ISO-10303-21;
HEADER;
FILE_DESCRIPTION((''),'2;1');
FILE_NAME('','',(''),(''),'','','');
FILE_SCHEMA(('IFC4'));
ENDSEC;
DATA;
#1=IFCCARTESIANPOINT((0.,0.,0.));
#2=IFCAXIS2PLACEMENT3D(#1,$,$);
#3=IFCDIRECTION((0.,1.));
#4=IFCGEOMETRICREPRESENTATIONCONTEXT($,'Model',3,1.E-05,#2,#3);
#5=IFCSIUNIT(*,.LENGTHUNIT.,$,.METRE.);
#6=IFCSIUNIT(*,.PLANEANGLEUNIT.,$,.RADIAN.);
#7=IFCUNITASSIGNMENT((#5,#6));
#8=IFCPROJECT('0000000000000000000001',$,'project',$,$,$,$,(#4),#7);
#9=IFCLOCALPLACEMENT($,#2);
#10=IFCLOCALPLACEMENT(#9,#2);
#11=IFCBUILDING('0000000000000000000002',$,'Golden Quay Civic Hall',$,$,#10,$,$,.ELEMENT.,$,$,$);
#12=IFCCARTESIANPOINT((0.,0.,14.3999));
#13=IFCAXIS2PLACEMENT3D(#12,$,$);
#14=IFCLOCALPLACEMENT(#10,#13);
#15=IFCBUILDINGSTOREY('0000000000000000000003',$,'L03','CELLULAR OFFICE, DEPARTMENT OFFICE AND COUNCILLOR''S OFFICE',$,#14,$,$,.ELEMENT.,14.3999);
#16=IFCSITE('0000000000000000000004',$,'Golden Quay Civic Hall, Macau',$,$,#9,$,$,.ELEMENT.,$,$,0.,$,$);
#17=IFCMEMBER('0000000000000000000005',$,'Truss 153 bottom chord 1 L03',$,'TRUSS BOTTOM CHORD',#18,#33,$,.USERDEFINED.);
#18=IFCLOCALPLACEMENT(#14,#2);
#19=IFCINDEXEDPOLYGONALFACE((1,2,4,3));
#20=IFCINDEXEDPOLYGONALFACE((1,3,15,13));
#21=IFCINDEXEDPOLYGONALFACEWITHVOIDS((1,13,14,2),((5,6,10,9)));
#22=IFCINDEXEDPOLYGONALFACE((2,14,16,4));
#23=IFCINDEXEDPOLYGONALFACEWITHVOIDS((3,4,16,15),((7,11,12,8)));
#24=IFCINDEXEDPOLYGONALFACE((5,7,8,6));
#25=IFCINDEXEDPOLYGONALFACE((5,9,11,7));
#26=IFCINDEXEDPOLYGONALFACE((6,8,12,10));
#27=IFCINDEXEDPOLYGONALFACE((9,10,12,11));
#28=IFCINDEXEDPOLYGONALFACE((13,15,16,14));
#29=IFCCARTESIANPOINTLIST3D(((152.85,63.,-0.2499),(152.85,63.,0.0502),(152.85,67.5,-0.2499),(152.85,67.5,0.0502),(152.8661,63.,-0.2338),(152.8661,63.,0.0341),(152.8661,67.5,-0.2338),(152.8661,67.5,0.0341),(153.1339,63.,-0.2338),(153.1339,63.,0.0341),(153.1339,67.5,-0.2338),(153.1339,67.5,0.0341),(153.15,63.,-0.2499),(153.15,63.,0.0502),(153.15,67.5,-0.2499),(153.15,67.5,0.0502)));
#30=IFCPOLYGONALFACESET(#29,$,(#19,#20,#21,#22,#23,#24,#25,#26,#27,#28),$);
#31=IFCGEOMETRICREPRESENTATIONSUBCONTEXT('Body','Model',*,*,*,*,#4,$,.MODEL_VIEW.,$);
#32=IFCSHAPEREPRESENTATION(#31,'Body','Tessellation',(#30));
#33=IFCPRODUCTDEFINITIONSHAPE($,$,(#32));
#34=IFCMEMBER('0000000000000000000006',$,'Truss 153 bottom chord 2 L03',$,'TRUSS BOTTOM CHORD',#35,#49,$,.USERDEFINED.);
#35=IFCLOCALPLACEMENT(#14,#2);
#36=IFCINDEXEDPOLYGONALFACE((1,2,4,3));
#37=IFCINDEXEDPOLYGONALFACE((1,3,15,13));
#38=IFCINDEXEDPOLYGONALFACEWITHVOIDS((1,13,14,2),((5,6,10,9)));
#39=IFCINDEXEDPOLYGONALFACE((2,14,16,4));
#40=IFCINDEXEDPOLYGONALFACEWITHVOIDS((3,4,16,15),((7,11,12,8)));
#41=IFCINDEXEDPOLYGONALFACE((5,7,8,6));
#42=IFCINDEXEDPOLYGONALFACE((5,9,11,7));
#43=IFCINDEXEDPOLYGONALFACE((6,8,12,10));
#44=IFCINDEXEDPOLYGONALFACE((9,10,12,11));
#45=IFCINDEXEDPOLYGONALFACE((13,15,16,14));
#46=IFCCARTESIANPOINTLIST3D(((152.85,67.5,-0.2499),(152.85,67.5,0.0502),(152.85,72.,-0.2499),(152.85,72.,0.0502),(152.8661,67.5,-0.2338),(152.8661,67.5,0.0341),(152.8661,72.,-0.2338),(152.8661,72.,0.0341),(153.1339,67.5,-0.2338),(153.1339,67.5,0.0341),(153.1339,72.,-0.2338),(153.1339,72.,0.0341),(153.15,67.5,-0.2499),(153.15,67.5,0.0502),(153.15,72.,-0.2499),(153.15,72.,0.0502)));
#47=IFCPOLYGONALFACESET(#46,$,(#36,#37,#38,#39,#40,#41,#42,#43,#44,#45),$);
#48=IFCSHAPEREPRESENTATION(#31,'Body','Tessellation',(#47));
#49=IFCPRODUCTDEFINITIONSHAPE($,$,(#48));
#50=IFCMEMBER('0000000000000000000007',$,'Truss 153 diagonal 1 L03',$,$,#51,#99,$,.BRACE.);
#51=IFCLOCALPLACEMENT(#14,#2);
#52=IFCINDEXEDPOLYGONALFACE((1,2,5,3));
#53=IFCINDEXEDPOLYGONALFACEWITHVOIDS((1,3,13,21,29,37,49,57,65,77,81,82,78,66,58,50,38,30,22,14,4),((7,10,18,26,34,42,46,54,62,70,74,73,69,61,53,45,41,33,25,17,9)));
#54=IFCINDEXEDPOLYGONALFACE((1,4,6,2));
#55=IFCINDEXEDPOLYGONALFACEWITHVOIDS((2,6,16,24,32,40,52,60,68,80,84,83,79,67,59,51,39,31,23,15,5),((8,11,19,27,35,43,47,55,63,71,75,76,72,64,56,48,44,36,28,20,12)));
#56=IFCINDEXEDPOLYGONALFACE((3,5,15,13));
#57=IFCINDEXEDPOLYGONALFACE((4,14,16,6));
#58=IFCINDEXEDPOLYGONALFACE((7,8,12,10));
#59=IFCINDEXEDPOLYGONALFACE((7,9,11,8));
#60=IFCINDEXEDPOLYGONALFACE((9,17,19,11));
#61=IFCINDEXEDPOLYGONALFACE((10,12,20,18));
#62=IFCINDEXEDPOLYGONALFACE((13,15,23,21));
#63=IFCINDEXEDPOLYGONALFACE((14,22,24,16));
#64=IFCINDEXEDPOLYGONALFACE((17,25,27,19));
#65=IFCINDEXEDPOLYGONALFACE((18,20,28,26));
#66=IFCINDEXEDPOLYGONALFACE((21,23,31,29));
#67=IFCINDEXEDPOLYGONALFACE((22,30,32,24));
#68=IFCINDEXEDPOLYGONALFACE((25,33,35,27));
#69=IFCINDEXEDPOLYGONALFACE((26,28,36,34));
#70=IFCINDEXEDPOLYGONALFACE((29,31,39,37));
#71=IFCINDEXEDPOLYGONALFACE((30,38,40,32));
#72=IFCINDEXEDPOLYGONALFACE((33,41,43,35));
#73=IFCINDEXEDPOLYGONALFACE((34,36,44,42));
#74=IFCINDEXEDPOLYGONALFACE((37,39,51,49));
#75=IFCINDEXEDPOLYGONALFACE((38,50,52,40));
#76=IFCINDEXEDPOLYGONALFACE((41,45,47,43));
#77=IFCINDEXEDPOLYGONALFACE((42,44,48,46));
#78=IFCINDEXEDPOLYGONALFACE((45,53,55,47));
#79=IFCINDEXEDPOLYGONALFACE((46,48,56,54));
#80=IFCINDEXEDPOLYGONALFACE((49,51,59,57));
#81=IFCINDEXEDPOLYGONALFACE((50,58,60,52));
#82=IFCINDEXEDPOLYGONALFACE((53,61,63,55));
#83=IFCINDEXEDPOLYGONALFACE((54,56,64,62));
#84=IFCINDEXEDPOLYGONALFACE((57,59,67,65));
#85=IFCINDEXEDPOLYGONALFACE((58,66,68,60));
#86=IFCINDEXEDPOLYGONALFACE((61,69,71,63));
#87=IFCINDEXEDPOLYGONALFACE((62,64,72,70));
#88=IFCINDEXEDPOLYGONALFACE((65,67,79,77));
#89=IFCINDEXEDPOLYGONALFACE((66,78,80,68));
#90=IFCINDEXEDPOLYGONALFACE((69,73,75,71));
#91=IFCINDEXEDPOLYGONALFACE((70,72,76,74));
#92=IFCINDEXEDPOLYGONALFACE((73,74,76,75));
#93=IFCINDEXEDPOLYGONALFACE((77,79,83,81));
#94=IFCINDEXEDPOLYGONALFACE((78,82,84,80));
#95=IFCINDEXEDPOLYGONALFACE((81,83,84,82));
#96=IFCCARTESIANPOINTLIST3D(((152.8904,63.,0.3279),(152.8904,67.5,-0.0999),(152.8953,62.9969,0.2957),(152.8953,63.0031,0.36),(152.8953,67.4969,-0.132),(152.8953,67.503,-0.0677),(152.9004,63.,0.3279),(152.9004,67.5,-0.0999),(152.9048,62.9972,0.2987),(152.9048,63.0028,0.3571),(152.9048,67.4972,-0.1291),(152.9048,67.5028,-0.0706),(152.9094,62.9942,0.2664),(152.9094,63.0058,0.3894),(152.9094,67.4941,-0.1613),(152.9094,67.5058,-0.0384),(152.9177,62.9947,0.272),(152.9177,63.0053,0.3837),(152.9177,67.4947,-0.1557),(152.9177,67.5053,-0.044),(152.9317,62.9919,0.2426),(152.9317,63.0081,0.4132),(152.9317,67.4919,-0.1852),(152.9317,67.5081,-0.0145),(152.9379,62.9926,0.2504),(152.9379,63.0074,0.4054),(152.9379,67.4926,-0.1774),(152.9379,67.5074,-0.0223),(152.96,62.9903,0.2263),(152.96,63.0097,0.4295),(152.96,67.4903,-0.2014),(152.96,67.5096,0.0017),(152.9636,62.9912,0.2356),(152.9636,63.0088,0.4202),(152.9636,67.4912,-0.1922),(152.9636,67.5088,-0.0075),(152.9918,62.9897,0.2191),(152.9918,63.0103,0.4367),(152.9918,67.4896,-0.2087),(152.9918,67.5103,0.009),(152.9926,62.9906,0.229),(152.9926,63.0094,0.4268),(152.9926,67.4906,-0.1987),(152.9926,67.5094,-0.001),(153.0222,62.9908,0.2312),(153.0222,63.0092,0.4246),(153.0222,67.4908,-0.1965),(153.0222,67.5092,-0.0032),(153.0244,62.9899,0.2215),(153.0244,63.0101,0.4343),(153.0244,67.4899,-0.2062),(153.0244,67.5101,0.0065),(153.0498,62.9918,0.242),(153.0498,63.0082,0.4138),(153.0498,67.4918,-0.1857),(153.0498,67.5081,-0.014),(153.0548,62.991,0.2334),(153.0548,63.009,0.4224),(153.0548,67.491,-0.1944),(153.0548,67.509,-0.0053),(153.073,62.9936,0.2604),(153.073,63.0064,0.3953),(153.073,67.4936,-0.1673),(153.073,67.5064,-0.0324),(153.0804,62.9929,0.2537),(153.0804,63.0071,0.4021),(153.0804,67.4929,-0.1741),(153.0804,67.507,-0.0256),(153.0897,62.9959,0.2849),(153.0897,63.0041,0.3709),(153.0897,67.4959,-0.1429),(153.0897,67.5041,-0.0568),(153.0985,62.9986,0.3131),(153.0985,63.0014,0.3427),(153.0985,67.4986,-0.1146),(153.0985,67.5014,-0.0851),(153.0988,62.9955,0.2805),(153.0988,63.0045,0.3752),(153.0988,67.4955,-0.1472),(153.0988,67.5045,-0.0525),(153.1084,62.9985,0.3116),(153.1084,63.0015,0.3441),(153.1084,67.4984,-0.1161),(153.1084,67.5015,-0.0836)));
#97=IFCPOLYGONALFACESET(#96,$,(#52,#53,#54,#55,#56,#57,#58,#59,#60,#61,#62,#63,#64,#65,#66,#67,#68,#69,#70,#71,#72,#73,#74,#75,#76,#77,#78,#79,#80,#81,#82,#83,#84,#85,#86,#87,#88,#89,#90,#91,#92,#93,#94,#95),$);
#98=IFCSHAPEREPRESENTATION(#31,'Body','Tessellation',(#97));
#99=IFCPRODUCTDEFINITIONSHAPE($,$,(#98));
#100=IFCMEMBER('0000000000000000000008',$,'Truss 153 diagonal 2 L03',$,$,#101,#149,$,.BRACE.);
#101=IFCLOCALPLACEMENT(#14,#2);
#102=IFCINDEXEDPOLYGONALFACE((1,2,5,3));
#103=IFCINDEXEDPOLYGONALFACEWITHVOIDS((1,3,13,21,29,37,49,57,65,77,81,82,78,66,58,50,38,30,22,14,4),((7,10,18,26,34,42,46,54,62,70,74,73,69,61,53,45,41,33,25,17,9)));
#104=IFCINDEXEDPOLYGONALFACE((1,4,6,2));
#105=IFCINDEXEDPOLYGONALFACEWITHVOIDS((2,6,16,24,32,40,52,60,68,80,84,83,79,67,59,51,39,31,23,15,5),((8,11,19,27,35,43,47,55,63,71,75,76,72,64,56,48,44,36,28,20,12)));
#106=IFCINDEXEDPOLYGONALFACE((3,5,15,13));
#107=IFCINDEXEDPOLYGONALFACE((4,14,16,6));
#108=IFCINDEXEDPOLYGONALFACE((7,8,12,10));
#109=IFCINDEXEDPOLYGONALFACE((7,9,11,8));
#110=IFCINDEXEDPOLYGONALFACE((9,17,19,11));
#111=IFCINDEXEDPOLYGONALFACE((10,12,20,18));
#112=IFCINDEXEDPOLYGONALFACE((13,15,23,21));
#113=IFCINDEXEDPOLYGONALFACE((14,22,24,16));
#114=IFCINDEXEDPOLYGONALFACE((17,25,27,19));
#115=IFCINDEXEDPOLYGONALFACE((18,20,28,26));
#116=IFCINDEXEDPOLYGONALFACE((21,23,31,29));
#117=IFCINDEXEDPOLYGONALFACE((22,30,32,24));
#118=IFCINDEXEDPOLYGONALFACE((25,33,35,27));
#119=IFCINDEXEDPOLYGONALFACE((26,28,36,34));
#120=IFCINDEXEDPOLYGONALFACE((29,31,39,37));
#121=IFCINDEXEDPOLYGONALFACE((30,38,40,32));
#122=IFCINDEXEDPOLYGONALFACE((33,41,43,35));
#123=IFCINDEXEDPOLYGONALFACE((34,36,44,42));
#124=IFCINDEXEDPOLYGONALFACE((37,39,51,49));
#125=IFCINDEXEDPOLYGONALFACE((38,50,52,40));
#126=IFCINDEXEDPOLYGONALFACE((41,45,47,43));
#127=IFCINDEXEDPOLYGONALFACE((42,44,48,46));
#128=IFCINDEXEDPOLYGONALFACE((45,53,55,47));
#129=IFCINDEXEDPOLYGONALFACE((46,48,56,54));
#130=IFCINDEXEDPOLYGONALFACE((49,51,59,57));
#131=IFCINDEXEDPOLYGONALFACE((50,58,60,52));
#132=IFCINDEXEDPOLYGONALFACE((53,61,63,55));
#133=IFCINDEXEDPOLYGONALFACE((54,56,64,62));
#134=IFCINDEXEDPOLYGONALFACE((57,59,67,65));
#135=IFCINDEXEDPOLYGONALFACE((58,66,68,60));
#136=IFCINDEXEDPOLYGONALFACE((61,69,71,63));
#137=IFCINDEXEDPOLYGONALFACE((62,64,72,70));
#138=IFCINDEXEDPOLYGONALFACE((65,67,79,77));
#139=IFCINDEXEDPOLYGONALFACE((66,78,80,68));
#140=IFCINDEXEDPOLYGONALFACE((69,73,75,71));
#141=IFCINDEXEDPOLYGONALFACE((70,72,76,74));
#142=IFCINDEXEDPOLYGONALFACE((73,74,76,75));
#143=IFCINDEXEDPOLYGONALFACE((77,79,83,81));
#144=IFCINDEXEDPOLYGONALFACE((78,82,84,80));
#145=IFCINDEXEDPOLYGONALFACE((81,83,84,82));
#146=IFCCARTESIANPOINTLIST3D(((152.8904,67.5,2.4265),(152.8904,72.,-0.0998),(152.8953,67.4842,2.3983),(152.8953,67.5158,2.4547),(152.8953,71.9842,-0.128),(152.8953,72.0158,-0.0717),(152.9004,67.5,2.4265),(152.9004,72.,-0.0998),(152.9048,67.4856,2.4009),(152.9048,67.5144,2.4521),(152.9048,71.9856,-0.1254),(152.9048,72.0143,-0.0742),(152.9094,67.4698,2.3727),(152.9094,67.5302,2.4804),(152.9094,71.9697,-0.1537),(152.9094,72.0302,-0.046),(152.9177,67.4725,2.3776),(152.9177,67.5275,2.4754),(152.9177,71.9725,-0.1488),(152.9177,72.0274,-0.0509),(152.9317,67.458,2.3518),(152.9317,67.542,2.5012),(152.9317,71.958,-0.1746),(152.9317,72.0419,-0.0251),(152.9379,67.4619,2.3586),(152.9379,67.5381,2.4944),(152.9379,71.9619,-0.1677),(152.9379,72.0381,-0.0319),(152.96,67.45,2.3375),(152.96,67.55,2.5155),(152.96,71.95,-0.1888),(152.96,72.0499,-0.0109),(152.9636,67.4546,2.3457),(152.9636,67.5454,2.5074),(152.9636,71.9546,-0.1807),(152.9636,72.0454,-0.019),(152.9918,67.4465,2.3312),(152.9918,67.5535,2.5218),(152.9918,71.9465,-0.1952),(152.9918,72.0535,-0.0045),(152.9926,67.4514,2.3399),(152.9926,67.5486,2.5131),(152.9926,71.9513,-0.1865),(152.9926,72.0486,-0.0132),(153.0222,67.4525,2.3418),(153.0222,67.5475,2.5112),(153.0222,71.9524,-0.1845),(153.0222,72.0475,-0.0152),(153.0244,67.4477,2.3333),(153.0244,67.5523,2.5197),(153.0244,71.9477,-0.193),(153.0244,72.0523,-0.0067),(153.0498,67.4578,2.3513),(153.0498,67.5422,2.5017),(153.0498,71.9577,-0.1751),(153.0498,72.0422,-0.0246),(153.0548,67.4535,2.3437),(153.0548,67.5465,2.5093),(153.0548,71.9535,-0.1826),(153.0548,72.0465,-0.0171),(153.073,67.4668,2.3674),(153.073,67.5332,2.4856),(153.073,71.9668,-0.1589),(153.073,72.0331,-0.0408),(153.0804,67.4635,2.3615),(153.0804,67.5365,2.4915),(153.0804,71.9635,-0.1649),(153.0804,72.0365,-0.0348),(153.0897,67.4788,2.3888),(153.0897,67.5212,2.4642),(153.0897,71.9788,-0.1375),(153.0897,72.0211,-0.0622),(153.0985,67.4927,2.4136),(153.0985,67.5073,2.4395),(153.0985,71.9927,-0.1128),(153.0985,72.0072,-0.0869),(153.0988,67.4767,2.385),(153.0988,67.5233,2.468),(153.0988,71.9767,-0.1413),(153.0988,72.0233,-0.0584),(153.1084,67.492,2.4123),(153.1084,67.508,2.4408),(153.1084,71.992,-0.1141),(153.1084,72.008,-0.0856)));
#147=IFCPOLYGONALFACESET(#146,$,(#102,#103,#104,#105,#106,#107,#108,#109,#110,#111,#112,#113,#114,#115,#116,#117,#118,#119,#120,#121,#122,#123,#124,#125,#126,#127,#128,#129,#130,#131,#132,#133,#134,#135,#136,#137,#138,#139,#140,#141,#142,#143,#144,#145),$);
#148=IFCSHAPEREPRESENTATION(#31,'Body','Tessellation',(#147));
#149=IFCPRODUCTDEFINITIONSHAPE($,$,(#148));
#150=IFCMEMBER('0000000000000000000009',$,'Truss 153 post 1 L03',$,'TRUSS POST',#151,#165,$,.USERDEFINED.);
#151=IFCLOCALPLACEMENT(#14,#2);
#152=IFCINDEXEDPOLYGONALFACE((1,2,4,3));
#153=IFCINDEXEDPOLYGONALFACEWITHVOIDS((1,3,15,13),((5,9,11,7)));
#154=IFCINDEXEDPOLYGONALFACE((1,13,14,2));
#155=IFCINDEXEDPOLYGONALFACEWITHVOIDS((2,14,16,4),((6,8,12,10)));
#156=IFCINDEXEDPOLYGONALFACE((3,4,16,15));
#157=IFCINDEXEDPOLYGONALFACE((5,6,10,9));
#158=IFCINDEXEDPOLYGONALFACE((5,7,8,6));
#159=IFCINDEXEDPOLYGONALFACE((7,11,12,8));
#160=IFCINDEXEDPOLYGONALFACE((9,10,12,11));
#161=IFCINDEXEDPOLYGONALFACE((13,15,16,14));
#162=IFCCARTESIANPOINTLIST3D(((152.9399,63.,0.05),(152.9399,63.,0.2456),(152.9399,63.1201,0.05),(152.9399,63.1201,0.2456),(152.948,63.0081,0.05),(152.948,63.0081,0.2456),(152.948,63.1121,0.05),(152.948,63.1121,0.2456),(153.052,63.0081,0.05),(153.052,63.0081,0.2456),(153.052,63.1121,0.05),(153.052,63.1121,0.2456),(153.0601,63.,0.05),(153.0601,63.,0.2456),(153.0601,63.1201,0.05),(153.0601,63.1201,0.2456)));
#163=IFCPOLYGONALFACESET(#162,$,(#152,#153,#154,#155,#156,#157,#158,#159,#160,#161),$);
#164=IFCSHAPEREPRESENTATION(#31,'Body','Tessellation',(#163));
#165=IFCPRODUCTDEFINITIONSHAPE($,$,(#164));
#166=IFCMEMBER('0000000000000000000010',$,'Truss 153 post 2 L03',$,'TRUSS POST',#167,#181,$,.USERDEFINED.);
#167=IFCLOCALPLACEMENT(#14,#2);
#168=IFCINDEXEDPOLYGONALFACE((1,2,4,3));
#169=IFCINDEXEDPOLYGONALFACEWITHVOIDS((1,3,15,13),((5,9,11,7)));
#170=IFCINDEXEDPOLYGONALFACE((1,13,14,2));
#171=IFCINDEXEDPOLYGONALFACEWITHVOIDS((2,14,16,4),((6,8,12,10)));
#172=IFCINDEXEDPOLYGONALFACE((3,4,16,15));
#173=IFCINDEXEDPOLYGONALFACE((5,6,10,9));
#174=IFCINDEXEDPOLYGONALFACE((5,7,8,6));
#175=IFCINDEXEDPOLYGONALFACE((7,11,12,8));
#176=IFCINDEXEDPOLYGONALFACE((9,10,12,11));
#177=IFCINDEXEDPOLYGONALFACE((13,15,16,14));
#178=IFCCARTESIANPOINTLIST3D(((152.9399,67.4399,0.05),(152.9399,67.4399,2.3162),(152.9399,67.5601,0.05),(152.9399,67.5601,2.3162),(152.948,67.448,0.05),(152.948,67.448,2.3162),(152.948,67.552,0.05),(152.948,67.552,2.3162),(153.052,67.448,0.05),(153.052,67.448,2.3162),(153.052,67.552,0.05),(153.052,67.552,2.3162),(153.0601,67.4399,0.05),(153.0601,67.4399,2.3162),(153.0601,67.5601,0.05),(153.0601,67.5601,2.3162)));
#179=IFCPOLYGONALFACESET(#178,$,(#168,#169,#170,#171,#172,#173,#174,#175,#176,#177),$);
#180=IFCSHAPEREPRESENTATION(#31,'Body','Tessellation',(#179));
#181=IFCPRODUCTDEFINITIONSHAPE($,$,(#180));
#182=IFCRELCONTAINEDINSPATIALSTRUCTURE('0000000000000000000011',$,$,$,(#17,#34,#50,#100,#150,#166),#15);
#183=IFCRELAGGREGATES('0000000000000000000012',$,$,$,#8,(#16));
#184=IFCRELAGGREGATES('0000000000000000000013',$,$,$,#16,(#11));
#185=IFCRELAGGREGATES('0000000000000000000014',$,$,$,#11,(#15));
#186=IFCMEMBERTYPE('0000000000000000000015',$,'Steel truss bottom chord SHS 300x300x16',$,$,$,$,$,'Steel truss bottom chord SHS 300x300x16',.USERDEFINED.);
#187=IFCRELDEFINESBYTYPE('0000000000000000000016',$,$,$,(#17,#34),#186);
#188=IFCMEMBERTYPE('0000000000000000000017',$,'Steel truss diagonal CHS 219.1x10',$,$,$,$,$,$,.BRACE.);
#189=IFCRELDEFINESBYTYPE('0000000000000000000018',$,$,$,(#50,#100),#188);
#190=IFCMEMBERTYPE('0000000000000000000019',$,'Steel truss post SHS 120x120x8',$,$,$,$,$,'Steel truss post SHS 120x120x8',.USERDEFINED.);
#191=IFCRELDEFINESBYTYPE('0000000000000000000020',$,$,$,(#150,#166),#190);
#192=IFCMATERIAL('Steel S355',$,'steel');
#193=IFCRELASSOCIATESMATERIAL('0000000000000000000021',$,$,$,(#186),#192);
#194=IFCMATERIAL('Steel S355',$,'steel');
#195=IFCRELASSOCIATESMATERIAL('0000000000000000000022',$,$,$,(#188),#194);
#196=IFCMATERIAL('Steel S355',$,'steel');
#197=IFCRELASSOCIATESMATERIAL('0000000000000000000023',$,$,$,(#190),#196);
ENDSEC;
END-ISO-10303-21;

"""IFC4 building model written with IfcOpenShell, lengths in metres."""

from ifc_helpers import new_model, si_unit, direction, frame, origin, origin_2d, place, context, subcontext, project, spatial, hollow_rectangle, hollow_circle, extrude, material, material_profile, profile_set, type_object, element, save


model = new_model("IFC4")

# Units and contexts
model_context = context("Model", 3, precision=1e-05, world=origin(), true_north=direction((0.0, 1.0)))
body_context = subcontext(model_context, "Body", "Model", "MODEL_VIEW")
ifc_project = project(units=[si_unit("LENGTHUNIT", "METRE"), si_unit("PLANEANGLEUNIT", "RADIAN")], contexts=[model_context])

# Site, building, storey
site_placement = place(None, origin())
site = spatial("IfcSite", under=ifc_project, at=site_placement, Name="Golden Quay Civic Hall, Macau", CompositionType="ELEMENT", RefElevation=0.0)
building_placement = place(site_placement, origin())
building = spatial("IfcBuilding", under=site, at=building_placement, Name="Golden Quay Civic Hall", CompositionType="ELEMENT")
storey_placement = place(building_placement, frame((0.0, 0.0, 14.3999)))
storey = spatial("IfcBuildingStorey", under=building, at=storey_placement, Name="L03", Description="CELLULAR OFFICE, DEPARTMENT OFFICE AND COUNCILLOR'S OFFICE", CompositionType="ELEMENT", Elevation=14.3999)

# Members
ifc_material_1 = material(Name="Steel S355", Category="steel")
ifc_material_profile_1 = material_profile(ifc_material_1, hollow_rectangle(XDim=0.3, YDim=0.3, WallThickness=0.0161, at=origin_2d()), Name="SHS 300x300x16")
ifc_profile_set_1 = profile_set([ifc_material_profile_1], Name="Steel S355")
member_type_1 = type_object("IfcMemberType", Name="Steel truss bottom chord SHS 300x300x16", ElementType="Steel truss bottom chord SHS 300x300x16", PredefinedType="USERDEFINED", material=ifc_profile_set_1)
for number, where, z_axis, x_axis, name in (
    (1, (153.0, 63.0, -0.0999), (0.0, 1.0, 0.0), (-1.0, 0.0, 0.0), "Truss 153 bottom chord 1 L03"),
    (2, (153.0, 67.5, -0.0999), (0.0, 1.0, 0.0), (-1.0, 0.0, 0.0), "Truss 153 bottom chord 2 L03"),
):
    element("IfcMember", number, at=place(storey_placement, frame(where, z_axis=z_axis, x_axis=x_axis)), inside=storey, type_object=member_type_1, Name=name, ObjectType="TRUSS BOTTOM CHORD", PredefinedType="USERDEFINED", context=body_context, shape_type="SweptSolid", body=[
        extrude(hollow_rectangle(XDim=0.3, YDim=0.3, WallThickness=0.0161, at=origin_2d()), origin(), (0.0, 0.0, 1.0), 4.5),
    ])
ifc_material_2 = material(Name="Steel S355", Category="steel")
ifc_material_profile_2 = material_profile(ifc_material_2, hollow_circle(Radius=0.1096, WallThickness=0.01, at=origin_2d()), Name="CHS 219.1x10")
ifc_profile_set_2 = profile_set([ifc_material_profile_2], Name="Steel S355")
member_type_2 = type_object("IfcMemberType", Name="Steel truss diagonal CHS 219.1x10", PredefinedType="BRACE", material=ifc_profile_set_2)
member_1_placement = place(storey_placement, frame((153.0, 63.0, 0.3279), z_axis=(0.0, 0.995513, -0.094626), x_axis=(-1.0, 0.0, 0.0)))
element("IfcMember", 3, at=member_1_placement, inside=storey, type_object=member_type_2, Name="Truss 153 diagonal 1 L03", PredefinedType="BRACE", context=body_context, shape_type="SweptSolid", body=[
    extrude(hollow_circle(Radius=0.1096, WallThickness=0.01, at=origin_2d()), origin(), (0.0, 0.0, 1.0), 4.5203),
])
member_2_placement = place(storey_placement, frame((153.0, 67.5, 2.4265), z_axis=(0.0, 0.87198, -0.489542), x_axis=(-1.0, 0.0, 0.0)))
element("IfcMember", 4, at=member_2_placement, inside=storey, type_object=member_type_2, Name="Truss 153 diagonal 2 L03", PredefinedType="BRACE", context=body_context, shape_type="SweptSolid", body=[
    extrude(hollow_circle(Radius=0.1096, WallThickness=0.01, at=origin_2d()), origin(), (0.0, 0.0, 1.0), 5.1606),
])
ifc_material_3 = material(Name="Steel S355", Category="steel")
ifc_material_profile_3 = material_profile(ifc_material_3, hollow_rectangle(XDim=0.1201, YDim=0.1201, WallThickness=0.0081, at=origin_2d()), Name="SHS 120x120x8")
ifc_profile_set_3 = profile_set([ifc_material_profile_3], Name="Steel S355")
member_type_3 = type_object("IfcMemberType", Name="Steel truss post SHS 120x120x8", ElementType="Steel truss post SHS 120x120x8", PredefinedType="USERDEFINED", material=ifc_profile_set_3)
member_3_placement = place(storey_placement, frame((153.0, 63.0601, 0.05), z_axis=(0.0, 0.0, 1.0), x_axis=(1.0, 0.0, 0.0)))
element("IfcMember", 5, at=member_3_placement, inside=storey, type_object=member_type_3, Name="Truss 153 post 1 L03", ObjectType="TRUSS POST", PredefinedType="USERDEFINED", context=body_context, shape_type="SweptSolid", body=[
    extrude(hollow_rectangle(XDim=0.1201, YDim=0.1201, WallThickness=0.0081, at=origin_2d()), origin(), (0.0, 0.0, 1.0), 0.1956),
])
member_4_placement = place(storey_placement, frame((153.0, 67.5, 0.05), z_axis=(0.0, 0.0, 1.0), x_axis=(1.0, 0.0, 0.0)))
element("IfcMember", 6, at=member_4_placement, inside=storey, type_object=member_type_3, Name="Truss 153 post 2 L03", ObjectType="TRUSS POST", PredefinedType="USERDEFINED", context=body_context, shape_type="SweptSolid", body=[
    extrude(hollow_rectangle(XDim=0.1201, YDim=0.1201, WallThickness=0.0081, at=origin_2d()), origin(), (0.0, 0.0, 1.0), 2.2661),
])

save(model, "model.ifc")
